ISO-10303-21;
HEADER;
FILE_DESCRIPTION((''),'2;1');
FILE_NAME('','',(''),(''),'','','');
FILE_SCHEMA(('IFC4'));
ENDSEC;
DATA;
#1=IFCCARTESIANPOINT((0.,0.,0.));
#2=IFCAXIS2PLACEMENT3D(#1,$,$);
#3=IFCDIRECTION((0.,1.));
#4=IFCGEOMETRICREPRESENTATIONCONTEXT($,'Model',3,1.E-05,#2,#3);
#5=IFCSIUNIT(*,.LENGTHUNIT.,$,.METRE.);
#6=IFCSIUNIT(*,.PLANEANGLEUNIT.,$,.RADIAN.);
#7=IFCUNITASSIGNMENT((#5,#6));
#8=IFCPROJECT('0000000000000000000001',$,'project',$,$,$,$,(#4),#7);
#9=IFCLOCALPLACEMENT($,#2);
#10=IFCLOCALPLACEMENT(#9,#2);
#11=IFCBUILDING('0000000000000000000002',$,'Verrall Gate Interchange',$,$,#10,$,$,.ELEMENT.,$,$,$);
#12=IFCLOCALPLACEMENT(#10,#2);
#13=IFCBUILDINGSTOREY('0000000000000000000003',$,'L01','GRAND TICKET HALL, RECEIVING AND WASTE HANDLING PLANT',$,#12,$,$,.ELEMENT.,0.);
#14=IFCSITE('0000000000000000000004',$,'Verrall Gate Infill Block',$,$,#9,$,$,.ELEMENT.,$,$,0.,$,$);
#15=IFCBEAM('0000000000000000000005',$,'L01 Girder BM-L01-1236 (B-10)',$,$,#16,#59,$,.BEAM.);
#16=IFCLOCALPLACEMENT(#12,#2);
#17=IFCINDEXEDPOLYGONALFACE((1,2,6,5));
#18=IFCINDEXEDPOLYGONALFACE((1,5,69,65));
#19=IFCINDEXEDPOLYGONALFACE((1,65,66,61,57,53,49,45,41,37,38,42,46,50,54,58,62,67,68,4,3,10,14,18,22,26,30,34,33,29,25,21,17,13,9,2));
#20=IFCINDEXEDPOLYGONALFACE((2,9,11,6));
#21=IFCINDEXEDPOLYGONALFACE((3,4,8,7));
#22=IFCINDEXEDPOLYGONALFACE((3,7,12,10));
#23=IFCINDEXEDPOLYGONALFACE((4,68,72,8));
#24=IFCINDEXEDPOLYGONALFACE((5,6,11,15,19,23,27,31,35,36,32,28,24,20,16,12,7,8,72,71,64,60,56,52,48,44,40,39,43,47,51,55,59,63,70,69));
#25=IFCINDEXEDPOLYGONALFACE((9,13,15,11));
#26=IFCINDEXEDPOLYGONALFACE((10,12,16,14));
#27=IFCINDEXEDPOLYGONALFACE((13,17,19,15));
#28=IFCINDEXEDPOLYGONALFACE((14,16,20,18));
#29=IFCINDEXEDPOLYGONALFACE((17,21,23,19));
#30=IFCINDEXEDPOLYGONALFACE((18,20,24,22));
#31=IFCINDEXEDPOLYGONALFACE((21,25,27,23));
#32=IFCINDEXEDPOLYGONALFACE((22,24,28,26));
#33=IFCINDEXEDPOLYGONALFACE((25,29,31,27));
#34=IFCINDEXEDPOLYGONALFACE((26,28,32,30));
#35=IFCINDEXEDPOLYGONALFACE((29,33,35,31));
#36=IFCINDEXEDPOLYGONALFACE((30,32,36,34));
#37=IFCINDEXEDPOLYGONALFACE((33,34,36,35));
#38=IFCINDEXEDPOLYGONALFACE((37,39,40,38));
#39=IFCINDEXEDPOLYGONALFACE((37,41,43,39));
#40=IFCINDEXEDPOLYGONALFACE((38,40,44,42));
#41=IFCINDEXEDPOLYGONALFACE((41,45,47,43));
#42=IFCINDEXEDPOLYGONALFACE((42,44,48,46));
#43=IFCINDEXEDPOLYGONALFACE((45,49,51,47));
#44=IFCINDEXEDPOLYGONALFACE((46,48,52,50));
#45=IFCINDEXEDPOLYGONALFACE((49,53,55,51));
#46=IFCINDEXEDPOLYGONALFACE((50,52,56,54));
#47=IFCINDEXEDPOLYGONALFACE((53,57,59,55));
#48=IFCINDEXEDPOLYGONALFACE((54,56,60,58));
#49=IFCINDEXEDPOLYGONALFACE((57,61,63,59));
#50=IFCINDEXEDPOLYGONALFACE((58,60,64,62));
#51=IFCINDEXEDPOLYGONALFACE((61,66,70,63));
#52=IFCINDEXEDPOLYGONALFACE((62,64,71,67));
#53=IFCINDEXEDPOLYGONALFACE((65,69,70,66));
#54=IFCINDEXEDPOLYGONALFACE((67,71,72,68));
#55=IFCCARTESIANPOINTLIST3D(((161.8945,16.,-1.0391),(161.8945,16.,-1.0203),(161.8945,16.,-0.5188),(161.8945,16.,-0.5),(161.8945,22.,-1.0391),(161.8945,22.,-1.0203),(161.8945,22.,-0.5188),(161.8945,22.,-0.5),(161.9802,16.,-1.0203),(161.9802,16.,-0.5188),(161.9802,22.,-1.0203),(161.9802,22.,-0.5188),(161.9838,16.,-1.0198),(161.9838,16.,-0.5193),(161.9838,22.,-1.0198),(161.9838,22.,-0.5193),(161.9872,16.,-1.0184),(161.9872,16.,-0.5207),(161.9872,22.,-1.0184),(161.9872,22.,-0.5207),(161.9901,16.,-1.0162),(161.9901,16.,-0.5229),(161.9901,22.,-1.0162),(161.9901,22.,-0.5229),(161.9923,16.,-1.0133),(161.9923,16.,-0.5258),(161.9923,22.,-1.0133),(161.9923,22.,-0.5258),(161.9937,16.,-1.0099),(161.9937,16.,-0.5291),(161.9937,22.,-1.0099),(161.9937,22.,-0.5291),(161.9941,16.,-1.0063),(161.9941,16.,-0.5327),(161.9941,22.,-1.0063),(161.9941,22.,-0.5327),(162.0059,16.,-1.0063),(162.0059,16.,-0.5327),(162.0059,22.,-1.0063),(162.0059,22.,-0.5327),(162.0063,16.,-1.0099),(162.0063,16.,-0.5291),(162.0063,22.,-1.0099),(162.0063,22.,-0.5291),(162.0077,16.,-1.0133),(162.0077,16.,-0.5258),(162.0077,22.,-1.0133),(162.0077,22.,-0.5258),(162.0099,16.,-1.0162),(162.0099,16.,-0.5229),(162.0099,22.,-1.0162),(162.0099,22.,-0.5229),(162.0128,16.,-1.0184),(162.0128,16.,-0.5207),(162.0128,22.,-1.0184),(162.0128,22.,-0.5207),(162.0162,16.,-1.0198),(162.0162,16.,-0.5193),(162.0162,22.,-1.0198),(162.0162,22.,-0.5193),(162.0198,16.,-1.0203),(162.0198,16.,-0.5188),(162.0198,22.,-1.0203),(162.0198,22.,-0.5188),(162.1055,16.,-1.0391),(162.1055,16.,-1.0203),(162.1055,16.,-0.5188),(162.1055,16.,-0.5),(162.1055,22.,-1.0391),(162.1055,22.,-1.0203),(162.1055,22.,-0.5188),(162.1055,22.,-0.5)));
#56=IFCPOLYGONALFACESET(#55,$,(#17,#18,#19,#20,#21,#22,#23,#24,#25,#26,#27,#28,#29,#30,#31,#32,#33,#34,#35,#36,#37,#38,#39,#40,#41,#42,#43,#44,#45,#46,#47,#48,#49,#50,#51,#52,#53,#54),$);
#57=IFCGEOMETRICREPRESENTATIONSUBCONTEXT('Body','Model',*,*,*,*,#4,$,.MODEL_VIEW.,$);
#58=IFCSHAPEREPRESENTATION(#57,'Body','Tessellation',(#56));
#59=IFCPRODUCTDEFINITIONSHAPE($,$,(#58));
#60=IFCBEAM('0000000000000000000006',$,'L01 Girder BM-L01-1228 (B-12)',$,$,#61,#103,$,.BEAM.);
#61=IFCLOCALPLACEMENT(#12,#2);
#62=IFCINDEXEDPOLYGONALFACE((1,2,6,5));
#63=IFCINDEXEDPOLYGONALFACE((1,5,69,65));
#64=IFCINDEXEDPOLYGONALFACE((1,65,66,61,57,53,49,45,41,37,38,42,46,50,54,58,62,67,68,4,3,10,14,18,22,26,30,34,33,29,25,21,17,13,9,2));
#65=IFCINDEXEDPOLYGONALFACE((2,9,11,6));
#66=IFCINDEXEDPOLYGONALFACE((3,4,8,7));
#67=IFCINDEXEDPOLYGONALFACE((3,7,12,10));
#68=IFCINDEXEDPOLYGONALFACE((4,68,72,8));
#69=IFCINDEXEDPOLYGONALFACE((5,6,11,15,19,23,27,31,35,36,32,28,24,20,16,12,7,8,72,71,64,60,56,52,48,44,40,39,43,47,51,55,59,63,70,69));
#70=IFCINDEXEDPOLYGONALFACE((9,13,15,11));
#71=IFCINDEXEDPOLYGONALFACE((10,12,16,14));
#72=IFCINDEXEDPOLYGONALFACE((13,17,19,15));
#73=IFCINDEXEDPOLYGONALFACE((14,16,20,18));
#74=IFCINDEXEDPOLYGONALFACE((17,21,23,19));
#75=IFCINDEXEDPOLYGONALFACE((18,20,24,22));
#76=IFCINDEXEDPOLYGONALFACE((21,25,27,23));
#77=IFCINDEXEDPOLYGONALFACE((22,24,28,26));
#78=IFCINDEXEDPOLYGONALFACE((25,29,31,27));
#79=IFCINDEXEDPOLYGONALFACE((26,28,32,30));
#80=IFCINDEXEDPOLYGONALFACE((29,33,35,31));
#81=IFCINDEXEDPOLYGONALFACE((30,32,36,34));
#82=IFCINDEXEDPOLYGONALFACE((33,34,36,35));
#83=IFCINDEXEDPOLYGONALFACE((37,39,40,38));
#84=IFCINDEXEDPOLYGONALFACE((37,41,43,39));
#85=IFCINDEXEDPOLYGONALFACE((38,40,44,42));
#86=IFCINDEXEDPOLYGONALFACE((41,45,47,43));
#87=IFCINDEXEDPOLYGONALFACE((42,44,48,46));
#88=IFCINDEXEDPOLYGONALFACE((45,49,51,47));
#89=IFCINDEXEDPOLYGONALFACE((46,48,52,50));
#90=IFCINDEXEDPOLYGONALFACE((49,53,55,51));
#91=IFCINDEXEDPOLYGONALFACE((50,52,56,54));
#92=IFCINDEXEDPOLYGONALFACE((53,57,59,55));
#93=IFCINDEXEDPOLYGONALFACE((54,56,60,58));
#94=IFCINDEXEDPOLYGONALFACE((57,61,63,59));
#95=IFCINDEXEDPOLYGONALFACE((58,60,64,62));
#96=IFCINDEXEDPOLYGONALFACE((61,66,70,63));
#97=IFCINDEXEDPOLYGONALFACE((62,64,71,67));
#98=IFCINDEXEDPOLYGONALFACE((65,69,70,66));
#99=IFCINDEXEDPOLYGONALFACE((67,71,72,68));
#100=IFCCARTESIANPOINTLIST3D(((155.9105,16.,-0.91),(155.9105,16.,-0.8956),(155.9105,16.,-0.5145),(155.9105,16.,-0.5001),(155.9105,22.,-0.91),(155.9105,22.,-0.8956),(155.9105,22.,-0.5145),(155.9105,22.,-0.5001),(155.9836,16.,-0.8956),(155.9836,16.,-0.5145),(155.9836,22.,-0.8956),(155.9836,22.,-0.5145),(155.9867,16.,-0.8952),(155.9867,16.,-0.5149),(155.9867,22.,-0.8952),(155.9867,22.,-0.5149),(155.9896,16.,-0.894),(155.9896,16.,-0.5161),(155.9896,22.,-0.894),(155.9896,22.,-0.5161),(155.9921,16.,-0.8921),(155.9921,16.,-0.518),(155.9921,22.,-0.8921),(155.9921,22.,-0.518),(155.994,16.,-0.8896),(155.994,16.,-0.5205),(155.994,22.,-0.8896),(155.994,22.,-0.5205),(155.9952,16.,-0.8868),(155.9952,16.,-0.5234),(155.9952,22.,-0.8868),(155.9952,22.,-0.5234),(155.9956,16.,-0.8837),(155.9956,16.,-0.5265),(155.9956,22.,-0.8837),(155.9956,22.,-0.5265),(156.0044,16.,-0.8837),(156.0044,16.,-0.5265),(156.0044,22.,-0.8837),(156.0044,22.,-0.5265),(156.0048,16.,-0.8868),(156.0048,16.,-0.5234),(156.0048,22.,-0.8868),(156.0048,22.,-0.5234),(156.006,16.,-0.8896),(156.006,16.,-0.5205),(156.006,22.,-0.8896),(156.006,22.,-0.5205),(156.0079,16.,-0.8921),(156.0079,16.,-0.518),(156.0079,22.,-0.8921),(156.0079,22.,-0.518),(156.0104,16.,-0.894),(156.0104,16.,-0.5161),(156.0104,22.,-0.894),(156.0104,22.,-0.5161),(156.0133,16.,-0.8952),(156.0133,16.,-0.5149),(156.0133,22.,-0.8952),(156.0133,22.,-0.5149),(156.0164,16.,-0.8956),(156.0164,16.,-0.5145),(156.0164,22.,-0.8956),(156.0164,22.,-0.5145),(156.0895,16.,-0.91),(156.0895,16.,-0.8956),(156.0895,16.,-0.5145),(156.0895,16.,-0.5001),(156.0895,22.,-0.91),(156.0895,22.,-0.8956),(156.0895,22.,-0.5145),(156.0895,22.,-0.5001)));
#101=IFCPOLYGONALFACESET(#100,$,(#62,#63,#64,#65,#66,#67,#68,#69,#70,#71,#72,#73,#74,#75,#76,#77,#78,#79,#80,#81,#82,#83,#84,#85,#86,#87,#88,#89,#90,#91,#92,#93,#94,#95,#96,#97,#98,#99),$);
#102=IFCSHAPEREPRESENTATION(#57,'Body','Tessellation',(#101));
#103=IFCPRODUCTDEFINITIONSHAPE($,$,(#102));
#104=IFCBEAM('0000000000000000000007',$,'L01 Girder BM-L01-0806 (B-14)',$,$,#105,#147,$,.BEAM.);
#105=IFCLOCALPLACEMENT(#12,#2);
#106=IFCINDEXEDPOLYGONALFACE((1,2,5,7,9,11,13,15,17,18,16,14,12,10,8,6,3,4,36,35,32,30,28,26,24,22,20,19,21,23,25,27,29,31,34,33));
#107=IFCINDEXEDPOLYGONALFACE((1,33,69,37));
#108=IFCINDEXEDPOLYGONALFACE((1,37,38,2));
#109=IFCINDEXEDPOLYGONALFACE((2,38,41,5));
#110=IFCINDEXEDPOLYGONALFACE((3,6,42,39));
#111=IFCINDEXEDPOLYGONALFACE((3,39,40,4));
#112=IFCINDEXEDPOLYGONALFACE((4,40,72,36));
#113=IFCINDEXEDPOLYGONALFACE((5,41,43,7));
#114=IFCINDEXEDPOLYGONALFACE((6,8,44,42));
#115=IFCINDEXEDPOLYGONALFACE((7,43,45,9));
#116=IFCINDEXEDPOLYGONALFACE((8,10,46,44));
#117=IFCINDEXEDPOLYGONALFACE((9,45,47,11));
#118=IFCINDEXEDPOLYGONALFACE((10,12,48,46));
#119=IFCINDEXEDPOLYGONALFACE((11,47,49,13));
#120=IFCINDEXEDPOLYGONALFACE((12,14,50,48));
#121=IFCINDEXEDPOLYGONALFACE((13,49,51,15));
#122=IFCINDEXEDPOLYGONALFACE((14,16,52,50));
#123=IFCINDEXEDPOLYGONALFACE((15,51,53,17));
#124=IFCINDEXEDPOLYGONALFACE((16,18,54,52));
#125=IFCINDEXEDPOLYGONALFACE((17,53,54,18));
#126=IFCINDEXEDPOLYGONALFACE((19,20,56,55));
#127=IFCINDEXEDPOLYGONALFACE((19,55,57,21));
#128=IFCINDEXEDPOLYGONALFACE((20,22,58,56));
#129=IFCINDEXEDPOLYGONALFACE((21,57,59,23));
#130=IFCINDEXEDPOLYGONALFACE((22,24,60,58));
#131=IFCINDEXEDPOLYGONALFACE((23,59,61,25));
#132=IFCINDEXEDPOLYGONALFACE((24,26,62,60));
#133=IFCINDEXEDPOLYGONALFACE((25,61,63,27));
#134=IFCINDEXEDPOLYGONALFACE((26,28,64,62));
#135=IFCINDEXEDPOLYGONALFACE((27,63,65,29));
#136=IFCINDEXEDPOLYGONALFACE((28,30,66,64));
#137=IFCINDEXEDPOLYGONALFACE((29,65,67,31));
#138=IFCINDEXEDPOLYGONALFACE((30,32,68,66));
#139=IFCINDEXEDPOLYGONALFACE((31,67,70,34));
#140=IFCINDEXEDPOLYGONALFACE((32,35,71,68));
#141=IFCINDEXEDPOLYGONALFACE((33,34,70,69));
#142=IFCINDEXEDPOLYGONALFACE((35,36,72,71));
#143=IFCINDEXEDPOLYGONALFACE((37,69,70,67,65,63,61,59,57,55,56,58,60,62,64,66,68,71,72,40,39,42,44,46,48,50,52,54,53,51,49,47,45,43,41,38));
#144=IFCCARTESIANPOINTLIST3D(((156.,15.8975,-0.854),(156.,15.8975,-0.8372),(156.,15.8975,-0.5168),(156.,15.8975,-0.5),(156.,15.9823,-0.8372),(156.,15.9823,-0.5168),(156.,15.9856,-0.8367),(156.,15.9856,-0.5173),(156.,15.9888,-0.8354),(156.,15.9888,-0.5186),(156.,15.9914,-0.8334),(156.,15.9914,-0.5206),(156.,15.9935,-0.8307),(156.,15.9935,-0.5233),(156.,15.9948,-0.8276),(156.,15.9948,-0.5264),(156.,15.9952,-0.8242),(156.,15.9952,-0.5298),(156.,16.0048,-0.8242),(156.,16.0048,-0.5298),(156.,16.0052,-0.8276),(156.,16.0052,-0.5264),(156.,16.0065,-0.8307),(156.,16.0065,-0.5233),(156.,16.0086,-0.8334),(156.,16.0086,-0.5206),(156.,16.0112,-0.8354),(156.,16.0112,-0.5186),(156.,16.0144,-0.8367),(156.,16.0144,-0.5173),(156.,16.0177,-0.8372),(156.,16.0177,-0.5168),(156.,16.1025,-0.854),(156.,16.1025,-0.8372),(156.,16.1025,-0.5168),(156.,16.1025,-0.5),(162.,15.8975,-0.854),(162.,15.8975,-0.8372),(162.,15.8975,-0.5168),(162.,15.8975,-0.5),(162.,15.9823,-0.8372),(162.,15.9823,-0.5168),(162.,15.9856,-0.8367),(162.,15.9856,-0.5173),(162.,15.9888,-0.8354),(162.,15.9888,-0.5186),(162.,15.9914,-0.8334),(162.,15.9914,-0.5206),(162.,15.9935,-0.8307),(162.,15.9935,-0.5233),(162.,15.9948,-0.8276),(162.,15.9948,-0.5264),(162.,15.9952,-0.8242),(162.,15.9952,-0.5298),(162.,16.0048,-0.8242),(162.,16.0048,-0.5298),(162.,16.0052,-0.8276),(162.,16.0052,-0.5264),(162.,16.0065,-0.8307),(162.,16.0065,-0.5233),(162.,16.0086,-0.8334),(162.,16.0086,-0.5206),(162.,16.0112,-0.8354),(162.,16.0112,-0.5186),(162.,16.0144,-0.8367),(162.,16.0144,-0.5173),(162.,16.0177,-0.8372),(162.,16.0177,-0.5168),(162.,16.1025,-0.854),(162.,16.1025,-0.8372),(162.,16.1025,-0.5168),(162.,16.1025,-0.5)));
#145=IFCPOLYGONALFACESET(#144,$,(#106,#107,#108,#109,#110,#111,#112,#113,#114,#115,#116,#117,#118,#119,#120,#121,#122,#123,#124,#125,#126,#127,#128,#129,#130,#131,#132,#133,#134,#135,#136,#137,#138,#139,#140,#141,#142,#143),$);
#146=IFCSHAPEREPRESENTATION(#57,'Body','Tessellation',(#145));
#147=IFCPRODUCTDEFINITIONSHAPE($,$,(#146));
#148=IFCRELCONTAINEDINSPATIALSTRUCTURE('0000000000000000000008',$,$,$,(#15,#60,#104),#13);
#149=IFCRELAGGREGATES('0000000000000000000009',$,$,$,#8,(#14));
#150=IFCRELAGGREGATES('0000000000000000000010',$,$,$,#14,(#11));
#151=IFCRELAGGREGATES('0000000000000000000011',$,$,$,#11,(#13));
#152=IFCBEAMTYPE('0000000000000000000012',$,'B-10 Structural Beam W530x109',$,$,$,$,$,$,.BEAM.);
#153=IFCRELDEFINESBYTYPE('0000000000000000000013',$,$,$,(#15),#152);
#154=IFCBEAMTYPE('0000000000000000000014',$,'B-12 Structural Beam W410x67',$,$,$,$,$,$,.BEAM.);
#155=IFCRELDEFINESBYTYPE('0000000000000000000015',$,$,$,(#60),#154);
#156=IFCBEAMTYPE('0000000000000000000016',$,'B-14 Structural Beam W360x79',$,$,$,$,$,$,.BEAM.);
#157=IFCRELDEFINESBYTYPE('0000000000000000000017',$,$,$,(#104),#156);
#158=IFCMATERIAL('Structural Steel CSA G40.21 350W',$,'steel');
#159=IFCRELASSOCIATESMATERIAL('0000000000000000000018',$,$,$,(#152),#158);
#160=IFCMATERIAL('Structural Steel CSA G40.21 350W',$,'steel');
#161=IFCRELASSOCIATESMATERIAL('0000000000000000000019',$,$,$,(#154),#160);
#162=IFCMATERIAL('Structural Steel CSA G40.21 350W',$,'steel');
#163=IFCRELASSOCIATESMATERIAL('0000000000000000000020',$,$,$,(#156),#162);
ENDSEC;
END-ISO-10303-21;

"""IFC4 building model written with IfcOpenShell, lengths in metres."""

from ifc_helpers import new_model, si_unit, direction, frame, origin, origin_2d, place, context, subcontext, project, spatial, i_section, extrude, material, material_profile, profile_set, type_object, element, save


model = new_model("IFC4")

# Units and contexts
model_context = context("Model", 3, precision=1e-05, world=origin(), true_north=direction((0.0, 1.0)))
body_context = subcontext(model_context, "Body", "Model", "MODEL_VIEW")
ifc_project = project(units=[si_unit("LENGTHUNIT", "METRE"), si_unit("PLANEANGLEUNIT", "RADIAN")], contexts=[model_context])

# Site, building, storey
site_placement = place(None, origin())
site = spatial("IfcSite", under=ifc_project, at=site_placement, Name="Verrall Gate Infill Block", CompositionType="ELEMENT", RefElevation=0.0)
building_placement = place(site_placement, origin())
building = spatial("IfcBuilding", under=site, at=building_placement, Name="Verrall Gate Interchange", CompositionType="ELEMENT")
storey_placement = place(building_placement, origin())
storey = spatial("IfcBuildingStorey", under=building, at=storey_placement, Name="L01", Description="GRAND TICKET HALL, RECEIVING AND WASTE HANDLING PLANT", CompositionType="ELEMENT", Elevation=0.0)

# Beams
ifc_material_1 = material(Name="Structural Steel CSA G40.21 350W", Category="steel")
ifc_material_profile_1 = material_profile(ifc_material_1, i_section(OverallWidth=0.2109, OverallDepth=0.5391, WebThickness=0.0117, FlangeThickness=0.0188, FilletRadius=0.0139, at=origin_2d()), Name="W530x109")
ifc_profile_set_1 = profile_set([ifc_material_profile_1], Name="Structural Steel CSA G40.21 350W")
beam_type_1 = type_object("IfcBeamType", Name="B-10 Structural Beam W530x109", PredefinedType="BEAM", material=ifc_profile_set_1)
for number, where, z_axis, x_axis, name in (
    (1, (162.0, 16.0, -0.7695), (0.0, 1.0, 0.0), (-1.0, 0.0, 0.0), "L01 Girder BM-L01-1236 (B-10)"),
):
    element("IfcBeam", number, at=place(storey_placement, frame(where, z_axis=z_axis, x_axis=x_axis)), inside=storey, type_object=beam_type_1, Name=name, PredefinedType="BEAM", context=body_context, shape_type="SweptSolid", body=[
        extrude(i_section(OverallWidth=0.2109, OverallDepth=0.5391, WebThickness=0.0117, FlangeThickness=0.0188, FilletRadius=0.0139, at=origin_2d()), origin(), (0.0, 0.0, 1.0), 6.0),
    ])
ifc_material_2 = material(Name="Structural Steel CSA G40.21 350W", Category="steel")
ifc_material_profile_2 = material_profile(ifc_material_2, i_section(OverallWidth=0.179, OverallDepth=0.4099, WebThickness=0.0088, FlangeThickness=0.0144, FilletRadius=0.012, at=origin_2d()), Name="W410x67")
ifc_profile_set_2 = profile_set([ifc_material_profile_2], Name="Structural Steel CSA G40.21 350W")
beam_type_2 = type_object("IfcBeamType", Name="B-12 Structural Beam W410x67", PredefinedType="BEAM", material=ifc_profile_set_2)
beam_1_placement = place(storey_placement, frame((156.0, 16.0, -0.7051), z_axis=(0.0, 1.0, 0.0), x_axis=(-1.0, 0.0, 0.0)))
element("IfcBeam", 2, at=beam_1_placement, inside=storey, type_object=beam_type_2, Name="L01 Girder BM-L01-1228 (B-12)", PredefinedType="BEAM", context=body_context, shape_type="SweptSolid", body=[
    extrude(i_section(OverallWidth=0.179, OverallDepth=0.4099, WebThickness=0.0088, FlangeThickness=0.0144, FilletRadius=0.012, at=origin_2d()), origin(), (0.0, 0.0, 1.0), 6.0),
])
ifc_material_3 = material(Name="Structural Steel CSA G40.21 350W", Category="steel")
ifc_material_profile_3 = material_profile(ifc_material_3, i_section(OverallWidth=0.2051, OverallDepth=0.354, WebThickness=0.0095, FlangeThickness=0.0168, FilletRadius=0.0129, at=origin_2d()), Name="W360x79")
ifc_profile_set_3 = profile_set([ifc_material_profile_3], Name="Structural Steel CSA G40.21 350W")
beam_type_3 = type_object("IfcBeamType", Name="B-14 Structural Beam W360x79", PredefinedType="BEAM", material=ifc_profile_set_3)
beam_2_placement = place(storey_placement, frame((156.0, 16.0, -0.677), z_axis=(1.0, 0.0, 0.0), x_axis=(0.0, 1.0, 0.0)))
element("IfcBeam", 3, at=beam_2_placement, inside=storey, type_object=beam_type_3, Name="L01 Girder BM-L01-0806 (B-14)", PredefinedType="BEAM", context=body_context, shape_type="SweptSolid", body=[
    extrude(i_section(OverallWidth=0.2051, OverallDepth=0.354, WebThickness=0.0095, FlangeThickness=0.0168, FilletRadius=0.0129, at=origin_2d()), origin(), (0.0, 0.0, 1.0), 6.0),
])

save(model, "model.ifc")
